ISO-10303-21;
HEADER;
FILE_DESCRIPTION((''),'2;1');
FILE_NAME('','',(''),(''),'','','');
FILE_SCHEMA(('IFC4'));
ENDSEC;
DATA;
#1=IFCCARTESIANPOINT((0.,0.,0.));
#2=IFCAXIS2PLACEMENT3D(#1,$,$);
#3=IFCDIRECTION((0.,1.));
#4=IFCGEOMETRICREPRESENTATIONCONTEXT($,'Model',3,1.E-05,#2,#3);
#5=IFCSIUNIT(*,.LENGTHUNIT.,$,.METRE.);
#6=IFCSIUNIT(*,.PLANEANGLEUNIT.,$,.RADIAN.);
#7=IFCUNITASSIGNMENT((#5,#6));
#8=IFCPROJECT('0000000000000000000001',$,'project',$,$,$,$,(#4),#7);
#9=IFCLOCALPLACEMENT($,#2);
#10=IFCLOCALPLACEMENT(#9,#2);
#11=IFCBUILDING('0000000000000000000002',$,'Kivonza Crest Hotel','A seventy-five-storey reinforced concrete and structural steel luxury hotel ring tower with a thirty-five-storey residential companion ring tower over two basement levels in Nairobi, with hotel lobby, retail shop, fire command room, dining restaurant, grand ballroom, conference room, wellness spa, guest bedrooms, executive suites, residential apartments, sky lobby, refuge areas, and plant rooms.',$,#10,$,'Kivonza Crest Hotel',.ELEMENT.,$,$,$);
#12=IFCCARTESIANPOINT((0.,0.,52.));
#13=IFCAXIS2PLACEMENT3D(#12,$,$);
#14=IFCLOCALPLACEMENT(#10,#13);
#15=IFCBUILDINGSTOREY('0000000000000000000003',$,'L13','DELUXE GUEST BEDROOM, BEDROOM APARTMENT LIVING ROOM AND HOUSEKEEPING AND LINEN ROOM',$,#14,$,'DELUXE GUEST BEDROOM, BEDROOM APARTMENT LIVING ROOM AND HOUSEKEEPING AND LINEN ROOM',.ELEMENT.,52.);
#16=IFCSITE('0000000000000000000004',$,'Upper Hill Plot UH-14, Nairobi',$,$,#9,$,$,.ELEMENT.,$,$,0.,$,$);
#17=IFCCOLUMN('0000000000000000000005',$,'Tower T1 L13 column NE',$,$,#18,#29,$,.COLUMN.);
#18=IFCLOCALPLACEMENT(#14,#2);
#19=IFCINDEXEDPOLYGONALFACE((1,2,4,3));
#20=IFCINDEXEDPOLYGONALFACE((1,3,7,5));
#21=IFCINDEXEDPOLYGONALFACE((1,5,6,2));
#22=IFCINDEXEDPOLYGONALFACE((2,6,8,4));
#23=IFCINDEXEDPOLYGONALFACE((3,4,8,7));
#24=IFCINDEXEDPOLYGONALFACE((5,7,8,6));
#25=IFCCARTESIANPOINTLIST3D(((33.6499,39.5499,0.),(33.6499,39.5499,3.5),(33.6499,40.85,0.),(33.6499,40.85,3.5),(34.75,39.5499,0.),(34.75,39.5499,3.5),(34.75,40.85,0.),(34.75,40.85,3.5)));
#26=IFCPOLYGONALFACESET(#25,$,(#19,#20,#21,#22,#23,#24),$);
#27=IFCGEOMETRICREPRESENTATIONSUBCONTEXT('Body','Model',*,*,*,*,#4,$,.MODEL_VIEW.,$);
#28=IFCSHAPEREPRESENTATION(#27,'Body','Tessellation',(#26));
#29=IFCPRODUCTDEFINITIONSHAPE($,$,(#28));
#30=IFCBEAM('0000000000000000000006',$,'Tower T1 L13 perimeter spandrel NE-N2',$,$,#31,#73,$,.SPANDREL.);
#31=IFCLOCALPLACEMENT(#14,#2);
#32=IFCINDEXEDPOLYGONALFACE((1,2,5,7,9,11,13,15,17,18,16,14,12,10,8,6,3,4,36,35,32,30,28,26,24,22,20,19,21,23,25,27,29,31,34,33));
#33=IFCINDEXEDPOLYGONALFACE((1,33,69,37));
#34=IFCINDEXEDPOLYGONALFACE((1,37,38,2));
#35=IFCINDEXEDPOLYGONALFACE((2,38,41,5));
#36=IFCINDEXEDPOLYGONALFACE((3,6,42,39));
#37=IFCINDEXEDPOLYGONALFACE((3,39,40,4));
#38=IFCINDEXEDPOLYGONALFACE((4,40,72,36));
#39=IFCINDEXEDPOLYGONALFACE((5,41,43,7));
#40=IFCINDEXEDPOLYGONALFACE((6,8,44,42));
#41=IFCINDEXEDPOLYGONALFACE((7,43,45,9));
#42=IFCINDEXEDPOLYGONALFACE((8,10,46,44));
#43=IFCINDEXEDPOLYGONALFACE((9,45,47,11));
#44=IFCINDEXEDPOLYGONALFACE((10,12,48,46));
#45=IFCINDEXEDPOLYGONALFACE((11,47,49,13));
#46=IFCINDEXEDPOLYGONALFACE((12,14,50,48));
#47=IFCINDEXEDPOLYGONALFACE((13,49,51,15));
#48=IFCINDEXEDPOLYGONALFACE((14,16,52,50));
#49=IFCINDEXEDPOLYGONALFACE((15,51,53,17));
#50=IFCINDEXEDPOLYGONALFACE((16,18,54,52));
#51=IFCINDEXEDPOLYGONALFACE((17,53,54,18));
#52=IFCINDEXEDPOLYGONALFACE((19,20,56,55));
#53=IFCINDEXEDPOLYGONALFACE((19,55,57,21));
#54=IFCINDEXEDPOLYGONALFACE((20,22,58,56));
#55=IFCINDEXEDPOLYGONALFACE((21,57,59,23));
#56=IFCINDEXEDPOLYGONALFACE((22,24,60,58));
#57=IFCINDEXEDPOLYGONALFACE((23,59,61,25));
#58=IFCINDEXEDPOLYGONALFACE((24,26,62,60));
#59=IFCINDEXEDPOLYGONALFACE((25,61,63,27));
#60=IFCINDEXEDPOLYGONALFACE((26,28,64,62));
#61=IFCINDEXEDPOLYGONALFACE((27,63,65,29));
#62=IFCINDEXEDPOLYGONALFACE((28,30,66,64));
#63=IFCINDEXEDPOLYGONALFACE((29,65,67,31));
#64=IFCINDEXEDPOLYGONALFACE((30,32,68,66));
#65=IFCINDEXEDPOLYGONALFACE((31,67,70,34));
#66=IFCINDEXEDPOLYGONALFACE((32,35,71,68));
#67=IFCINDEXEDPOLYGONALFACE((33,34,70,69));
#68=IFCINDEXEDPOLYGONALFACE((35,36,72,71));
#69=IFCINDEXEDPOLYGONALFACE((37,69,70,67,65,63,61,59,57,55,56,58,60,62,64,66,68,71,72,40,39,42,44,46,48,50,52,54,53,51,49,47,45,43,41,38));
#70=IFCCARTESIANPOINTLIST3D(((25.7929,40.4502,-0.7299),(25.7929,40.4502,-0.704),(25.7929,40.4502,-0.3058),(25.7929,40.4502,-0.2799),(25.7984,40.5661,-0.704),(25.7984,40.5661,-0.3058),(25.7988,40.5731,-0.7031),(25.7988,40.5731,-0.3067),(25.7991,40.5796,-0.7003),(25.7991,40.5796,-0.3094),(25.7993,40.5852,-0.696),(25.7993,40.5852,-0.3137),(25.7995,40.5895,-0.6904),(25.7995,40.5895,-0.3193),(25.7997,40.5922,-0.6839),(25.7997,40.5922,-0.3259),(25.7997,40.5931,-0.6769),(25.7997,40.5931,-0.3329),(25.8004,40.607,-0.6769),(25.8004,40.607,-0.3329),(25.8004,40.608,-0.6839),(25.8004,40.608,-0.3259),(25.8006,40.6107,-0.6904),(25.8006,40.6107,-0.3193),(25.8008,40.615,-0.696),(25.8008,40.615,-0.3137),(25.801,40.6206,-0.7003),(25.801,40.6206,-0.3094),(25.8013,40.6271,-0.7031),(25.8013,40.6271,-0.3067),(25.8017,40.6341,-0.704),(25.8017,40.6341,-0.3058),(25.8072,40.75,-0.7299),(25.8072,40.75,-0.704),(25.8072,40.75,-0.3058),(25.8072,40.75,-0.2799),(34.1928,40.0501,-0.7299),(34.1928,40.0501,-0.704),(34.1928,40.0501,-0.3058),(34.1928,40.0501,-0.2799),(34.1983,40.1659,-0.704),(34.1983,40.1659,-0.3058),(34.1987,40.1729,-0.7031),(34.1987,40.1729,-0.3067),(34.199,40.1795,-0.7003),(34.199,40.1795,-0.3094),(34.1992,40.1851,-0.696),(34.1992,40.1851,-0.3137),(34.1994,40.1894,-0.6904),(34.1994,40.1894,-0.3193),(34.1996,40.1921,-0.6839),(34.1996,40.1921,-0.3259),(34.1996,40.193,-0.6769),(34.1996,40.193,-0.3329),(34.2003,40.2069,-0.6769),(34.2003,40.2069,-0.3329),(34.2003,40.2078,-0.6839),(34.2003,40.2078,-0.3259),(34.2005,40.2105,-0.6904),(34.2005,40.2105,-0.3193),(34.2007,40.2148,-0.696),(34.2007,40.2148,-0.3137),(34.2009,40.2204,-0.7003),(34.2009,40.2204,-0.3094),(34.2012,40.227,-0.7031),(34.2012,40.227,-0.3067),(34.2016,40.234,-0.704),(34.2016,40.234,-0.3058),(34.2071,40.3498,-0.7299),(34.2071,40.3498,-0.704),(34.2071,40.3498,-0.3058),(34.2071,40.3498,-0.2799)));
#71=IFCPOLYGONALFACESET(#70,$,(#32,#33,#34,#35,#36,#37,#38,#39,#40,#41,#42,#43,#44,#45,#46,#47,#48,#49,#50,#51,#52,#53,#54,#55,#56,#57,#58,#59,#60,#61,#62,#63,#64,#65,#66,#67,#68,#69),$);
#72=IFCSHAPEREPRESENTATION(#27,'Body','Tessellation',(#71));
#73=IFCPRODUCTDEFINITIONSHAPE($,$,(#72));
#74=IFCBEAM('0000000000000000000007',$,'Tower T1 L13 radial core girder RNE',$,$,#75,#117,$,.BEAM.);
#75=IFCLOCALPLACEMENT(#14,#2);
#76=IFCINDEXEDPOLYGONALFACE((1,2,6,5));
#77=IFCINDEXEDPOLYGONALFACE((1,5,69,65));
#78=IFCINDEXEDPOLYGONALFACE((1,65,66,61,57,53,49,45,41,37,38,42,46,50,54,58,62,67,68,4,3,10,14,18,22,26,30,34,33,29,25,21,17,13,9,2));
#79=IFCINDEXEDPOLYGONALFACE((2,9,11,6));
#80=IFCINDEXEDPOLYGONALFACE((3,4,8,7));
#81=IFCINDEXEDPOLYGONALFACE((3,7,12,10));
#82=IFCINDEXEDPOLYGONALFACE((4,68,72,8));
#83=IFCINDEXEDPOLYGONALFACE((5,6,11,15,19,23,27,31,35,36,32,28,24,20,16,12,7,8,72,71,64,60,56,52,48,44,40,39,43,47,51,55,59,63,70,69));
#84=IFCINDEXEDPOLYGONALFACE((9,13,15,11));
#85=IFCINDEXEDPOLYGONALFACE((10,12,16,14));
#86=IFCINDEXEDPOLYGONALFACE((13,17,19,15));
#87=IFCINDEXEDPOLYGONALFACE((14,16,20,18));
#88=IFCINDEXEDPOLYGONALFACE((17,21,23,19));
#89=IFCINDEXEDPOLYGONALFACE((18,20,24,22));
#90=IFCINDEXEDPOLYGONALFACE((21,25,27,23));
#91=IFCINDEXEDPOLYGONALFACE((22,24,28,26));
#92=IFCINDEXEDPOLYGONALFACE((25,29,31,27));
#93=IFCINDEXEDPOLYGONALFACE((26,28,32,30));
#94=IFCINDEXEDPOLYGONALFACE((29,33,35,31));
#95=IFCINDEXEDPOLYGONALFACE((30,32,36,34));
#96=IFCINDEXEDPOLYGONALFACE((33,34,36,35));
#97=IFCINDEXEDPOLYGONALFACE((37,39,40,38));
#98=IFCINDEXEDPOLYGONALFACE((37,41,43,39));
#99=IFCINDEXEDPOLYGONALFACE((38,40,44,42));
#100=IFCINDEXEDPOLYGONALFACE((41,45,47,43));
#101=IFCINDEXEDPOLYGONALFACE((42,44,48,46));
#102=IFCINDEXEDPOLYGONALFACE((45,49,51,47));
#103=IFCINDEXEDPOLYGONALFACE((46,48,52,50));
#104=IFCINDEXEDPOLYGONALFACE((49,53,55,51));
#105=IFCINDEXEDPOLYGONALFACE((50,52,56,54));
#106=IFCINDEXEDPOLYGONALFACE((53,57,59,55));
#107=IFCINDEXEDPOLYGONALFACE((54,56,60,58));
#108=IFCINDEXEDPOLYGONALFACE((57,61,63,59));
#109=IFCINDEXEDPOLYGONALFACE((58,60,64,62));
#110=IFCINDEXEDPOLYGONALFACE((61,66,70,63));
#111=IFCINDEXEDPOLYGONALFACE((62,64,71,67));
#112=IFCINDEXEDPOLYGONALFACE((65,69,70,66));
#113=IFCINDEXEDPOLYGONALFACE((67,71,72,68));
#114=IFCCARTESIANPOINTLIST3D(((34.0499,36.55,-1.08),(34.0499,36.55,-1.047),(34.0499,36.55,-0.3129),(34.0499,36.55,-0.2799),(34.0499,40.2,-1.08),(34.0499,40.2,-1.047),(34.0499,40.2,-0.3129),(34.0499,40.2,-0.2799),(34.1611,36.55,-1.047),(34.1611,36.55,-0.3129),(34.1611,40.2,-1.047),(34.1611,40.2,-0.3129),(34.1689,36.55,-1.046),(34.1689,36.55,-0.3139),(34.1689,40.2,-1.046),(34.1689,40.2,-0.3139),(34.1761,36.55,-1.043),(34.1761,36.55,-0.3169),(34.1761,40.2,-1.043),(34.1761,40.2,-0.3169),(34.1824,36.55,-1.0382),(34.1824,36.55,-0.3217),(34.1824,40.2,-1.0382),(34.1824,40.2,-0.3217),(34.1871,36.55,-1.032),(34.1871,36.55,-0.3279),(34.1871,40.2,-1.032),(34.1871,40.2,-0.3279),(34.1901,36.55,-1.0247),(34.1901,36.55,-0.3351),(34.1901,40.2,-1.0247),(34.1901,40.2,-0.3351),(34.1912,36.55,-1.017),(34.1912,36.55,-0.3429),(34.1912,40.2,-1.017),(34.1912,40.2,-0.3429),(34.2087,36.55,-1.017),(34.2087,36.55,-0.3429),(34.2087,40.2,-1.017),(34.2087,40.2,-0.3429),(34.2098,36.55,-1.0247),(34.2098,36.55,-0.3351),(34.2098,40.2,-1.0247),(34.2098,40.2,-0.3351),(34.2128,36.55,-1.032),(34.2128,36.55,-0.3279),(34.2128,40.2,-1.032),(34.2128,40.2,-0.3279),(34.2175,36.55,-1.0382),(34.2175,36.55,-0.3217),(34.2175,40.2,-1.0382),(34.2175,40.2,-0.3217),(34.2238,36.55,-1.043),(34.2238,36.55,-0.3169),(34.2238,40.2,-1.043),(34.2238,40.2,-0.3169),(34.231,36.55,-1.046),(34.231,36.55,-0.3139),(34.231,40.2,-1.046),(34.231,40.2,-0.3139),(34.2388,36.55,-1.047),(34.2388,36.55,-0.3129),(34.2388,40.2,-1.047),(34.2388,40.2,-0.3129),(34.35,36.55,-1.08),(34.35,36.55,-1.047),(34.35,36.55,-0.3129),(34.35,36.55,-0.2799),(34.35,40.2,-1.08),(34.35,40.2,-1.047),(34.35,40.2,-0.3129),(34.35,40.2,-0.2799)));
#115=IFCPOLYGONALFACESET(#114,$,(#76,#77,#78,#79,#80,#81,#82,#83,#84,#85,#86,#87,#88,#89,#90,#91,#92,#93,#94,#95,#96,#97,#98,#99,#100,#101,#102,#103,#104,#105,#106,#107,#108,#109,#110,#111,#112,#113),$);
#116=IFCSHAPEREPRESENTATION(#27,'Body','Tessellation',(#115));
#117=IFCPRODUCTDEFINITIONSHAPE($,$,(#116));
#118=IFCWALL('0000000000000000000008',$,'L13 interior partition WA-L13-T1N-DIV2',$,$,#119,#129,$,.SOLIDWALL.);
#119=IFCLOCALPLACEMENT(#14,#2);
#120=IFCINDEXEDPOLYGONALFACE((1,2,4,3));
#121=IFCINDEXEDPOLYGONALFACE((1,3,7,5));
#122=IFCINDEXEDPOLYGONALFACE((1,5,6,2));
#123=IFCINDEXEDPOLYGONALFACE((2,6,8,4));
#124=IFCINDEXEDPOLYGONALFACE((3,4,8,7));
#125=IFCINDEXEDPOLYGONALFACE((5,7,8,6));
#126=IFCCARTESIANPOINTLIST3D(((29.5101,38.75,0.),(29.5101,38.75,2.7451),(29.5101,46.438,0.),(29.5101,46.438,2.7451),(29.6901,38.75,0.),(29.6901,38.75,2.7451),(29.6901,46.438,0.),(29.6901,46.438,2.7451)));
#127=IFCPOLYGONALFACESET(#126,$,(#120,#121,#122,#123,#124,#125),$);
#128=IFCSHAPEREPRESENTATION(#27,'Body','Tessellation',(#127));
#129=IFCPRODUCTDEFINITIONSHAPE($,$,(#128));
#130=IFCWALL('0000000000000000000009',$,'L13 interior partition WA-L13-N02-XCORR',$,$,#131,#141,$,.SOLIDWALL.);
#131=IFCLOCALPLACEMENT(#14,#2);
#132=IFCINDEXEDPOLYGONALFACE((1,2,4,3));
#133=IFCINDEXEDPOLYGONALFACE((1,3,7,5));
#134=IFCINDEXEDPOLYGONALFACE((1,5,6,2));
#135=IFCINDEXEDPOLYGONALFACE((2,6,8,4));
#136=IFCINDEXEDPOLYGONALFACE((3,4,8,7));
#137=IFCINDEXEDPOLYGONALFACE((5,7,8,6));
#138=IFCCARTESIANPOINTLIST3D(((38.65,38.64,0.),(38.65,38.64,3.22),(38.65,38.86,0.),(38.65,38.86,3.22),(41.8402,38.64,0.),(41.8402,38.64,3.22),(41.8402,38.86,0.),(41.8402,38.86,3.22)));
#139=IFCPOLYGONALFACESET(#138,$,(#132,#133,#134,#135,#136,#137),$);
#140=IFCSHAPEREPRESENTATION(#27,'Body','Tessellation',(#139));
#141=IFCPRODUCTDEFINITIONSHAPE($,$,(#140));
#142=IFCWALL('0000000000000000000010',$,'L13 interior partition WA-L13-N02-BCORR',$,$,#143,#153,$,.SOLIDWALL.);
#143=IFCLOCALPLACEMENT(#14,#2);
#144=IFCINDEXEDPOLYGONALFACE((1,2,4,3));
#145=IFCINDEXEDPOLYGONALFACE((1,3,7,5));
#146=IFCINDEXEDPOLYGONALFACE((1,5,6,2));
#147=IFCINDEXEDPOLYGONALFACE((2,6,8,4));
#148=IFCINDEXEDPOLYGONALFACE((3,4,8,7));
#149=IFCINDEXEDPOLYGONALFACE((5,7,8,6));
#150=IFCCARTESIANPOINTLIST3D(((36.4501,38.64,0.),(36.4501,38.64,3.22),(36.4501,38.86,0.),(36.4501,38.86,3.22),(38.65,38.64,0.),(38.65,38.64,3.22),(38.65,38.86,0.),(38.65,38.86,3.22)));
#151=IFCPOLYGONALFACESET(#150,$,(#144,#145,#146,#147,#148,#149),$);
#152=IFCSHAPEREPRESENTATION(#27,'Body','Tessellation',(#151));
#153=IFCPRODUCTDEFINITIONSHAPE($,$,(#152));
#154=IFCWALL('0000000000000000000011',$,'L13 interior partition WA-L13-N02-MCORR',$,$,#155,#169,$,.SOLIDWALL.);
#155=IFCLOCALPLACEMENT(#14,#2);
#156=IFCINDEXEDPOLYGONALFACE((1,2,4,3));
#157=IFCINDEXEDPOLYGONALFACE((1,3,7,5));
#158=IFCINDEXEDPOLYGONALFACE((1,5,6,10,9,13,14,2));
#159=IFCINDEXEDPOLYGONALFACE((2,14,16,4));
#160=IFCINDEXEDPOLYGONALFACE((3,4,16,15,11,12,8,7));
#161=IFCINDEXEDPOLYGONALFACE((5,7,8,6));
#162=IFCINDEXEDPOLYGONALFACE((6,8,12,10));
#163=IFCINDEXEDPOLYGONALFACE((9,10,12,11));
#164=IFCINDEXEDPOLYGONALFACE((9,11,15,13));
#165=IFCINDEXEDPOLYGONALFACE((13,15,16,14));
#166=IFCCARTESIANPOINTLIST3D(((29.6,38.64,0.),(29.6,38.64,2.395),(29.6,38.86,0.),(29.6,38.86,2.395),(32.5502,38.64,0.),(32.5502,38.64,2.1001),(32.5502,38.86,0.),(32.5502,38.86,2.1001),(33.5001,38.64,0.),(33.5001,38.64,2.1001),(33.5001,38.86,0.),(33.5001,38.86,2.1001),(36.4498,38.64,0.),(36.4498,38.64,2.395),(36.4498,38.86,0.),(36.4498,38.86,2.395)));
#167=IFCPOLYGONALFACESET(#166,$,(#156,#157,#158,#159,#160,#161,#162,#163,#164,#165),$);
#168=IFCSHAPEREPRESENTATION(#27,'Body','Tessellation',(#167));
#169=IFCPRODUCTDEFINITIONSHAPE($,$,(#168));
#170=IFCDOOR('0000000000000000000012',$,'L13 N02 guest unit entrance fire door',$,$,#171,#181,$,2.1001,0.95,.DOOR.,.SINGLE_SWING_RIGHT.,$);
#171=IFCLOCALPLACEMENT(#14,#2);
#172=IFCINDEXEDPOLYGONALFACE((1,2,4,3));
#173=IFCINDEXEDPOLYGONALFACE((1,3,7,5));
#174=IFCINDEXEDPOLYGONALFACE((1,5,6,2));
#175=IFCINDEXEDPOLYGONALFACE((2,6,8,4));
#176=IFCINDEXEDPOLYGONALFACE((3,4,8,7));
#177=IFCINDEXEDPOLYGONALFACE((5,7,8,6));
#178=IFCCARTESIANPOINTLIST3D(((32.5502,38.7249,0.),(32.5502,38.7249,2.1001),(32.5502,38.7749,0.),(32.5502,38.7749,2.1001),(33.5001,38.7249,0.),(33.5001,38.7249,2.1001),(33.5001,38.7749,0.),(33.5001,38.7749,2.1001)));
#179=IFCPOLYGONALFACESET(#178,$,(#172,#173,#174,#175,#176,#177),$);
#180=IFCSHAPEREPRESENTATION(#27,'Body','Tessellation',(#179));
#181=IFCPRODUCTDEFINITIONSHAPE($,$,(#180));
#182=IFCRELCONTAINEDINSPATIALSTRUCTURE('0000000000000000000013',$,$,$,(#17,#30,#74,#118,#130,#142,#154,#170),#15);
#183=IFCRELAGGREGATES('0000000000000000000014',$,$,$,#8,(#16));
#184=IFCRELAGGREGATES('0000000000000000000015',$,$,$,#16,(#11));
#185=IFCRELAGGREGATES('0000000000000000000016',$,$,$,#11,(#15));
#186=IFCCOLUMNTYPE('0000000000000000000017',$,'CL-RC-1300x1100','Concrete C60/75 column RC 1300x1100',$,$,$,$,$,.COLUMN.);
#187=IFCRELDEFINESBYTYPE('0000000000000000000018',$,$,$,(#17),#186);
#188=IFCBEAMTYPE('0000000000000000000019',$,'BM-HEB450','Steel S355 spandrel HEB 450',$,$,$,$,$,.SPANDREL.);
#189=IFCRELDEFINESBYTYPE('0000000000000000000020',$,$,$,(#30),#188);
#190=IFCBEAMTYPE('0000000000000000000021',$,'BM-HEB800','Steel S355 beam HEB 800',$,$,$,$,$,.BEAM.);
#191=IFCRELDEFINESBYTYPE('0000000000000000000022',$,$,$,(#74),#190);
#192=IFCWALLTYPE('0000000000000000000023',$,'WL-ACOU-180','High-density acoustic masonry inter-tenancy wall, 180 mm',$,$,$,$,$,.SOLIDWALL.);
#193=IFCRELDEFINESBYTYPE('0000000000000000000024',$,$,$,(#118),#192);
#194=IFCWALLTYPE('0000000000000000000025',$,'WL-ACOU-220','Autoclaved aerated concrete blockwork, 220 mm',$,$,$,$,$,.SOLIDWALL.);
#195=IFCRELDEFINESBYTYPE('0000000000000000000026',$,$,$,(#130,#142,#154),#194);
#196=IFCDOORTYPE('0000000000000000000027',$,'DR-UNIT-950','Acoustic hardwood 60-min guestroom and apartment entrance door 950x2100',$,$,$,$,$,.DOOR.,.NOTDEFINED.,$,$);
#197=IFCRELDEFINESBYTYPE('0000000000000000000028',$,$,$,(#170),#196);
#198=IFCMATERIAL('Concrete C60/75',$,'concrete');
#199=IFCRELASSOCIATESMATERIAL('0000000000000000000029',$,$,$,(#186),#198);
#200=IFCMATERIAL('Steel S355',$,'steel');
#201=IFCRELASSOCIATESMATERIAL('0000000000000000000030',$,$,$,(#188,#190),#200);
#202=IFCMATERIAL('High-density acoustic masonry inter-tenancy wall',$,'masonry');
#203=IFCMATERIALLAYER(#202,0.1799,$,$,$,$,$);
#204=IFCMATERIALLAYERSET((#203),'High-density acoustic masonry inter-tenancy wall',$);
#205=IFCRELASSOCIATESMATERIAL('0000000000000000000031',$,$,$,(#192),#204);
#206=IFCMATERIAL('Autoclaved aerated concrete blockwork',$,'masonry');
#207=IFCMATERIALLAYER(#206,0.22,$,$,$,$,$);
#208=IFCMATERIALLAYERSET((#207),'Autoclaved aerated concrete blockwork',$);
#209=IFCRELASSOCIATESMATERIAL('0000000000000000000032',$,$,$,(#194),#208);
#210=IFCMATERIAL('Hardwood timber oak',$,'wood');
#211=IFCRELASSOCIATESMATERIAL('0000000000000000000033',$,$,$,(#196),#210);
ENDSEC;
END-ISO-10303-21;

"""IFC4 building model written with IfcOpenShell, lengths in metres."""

from ifc_helpers import new_model, si_unit, direction, frame, frame_2d, origin, origin_2d, place, context, subcontext, project, spatial, rectangle, i_section, extrude, material, layer, layer_set, material_profile, profile_set, type_object, element, fill, save


model = new_model("IFC4")

# Units and contexts
model_context = context("Model", 3, precision=1e-05, world=origin(), true_north=direction((0.0, 1.0)))
body_context = subcontext(model_context, "Body", "Model", "MODEL_VIEW")
ifc_project = project(units=[si_unit("LENGTHUNIT", "METRE"), si_unit("PLANEANGLEUNIT", "RADIAN")], contexts=[model_context])

# Site, building, storey
site_placement = place(None, origin())
site = spatial("IfcSite", under=ifc_project, at=site_placement, Name="Upper Hill Plot UH-14, Nairobi", CompositionType="ELEMENT", RefElevation=0.0)
building_placement = place(site_placement, origin())
building = spatial("IfcBuilding", under=site, at=building_placement, Name="Kivonza Crest Hotel", Description="A seventy-five-storey reinforced concrete and structural steel luxury hotel ring tower with a thirty-five-storey residential companion ring tower over two basement levels in Nairobi, with hotel lobby, retail shop, fire command room, dining restaurant, grand ballroom, conference room, wellness spa, guest bedrooms, executive suites, residential apartments, sky lobby, refuge areas, and plant rooms.", LongName="Kivonza Crest Hotel", CompositionType="ELEMENT")
storey_placement = place(building_placement, frame((0.0, 0.0, 52.0)))
storey = spatial("IfcBuildingStorey", under=building, at=storey_placement, Name="L13", Description="DELUXE GUEST BEDROOM, BEDROOM APARTMENT LIVING ROOM AND HOUSEKEEPING AND LINEN ROOM", LongName="DELUXE GUEST BEDROOM, BEDROOM APARTMENT LIVING ROOM AND HOUSEKEEPING AND LINEN ROOM", CompositionType="ELEMENT", Elevation=52.0)

# Column
ifc_material_1 = material(Name="Concrete C60/75", Category="concrete")
ifc_material_profile_1 = material_profile(ifc_material_1, rectangle(XDim=1.1001, YDim=1.3, at=origin_2d()), Name="RC 1300x1100")
ifc_profile_set_1 = profile_set([ifc_material_profile_1], Name="Concrete C60/75")
column_type = type_object("IfcColumnType", Name="CL-RC-1300x1100", Description="Concrete C60/75 column RC 1300x1100", PredefinedType="COLUMN", material=ifc_profile_set_1)
column_placement = place(storey_placement, frame((34.2, 40.2, 0.0), z_axis=(0.0, 0.0, 1.0), x_axis=(1.0, 0.0, 0.0)))
element("IfcColumn", 1, at=column_placement, inside=storey, type_object=column_type, Name="Tower T1 L13 column NE", PredefinedType="COLUMN", context=body_context, shape_type="SweptSolid", body=[
    extrude(rectangle(XDim=1.1001, YDim=1.3, at=origin_2d()), origin(), (0.0, 0.0, 1.0), 3.5),
])

# Beams
ifc_material_2 = material(Name="Steel S355", Category="steel")
ifc_material_profile_2 = material_profile(ifc_material_2, i_section(OverallWidth=0.3, OverallDepth=0.45, WebThickness=0.0139, FlangeThickness=0.0259, FilletRadius=0.0271, at=origin_2d()), Name="HEB 450")
ifc_profile_set_2 = profile_set([ifc_material_profile_2], Name="Steel S355")
beam_type_1 = type_object("IfcBeamType", Name="BM-HEB450", Description="Steel S355 spandrel HEB 450", PredefinedType="SPANDREL", material=ifc_profile_set_2)
beam_1_placement = place(storey_placement, frame((34.2, 40.2, -0.5049), z_axis=(-0.998867, 0.047583, 0.0), x_axis=(-0.047583, -0.998867, 0.0)))
element("IfcBeam", 2, at=beam_1_placement, inside=storey, type_object=beam_type_1, Name="Tower T1 L13 perimeter spandrel NE-N2", PredefinedType="SPANDREL", context=body_context, shape_type="SweptSolid", body=[
    extrude(i_section(OverallWidth=0.3, OverallDepth=0.45, WebThickness=0.0139, FlangeThickness=0.0259, FilletRadius=0.0271, at=origin_2d()), origin(), (0.0, 0.0, 1.0), 8.4094),
])
ifc_material_profile_3 = material_profile(ifc_material_2, i_section(OverallWidth=0.3, OverallDepth=0.8, WebThickness=0.0176, FlangeThickness=0.033, FilletRadius=0.03, at=origin_2d()), Name="HEB 800")
ifc_profile_set_3 = profile_set([ifc_material_profile_3], Name="Steel S355")
beam_type_2 = type_object("IfcBeamType", Name="BM-HEB800", Description="Steel S355 beam HEB 800", PredefinedType="BEAM", material=ifc_profile_set_3)
beam_2_placement = place(storey_placement, frame((34.2, 40.2, -0.6799), z_axis=(0.0, -1.0, 0.0), x_axis=(1.0, 0.0, 0.0)))
element("IfcBeam", 3, at=beam_2_placement, inside=storey, type_object=beam_type_2, Name="Tower T1 L13 radial core girder RNE", PredefinedType="BEAM", context=body_context, shape_type="SweptSolid", body=[
    extrude(i_section(OverallWidth=0.3, OverallDepth=0.8, WebThickness=0.0176, FlangeThickness=0.033, FilletRadius=0.03, at=origin_2d()), origin(), (0.0, 0.0, 1.0), 3.6499),
])

# Walls
ifc_material_3 = material(Name="High-density acoustic masonry inter-tenancy wall", Category="masonry")
ifc_layer_1 = layer(ifc_material_3, 0.1799)
ifc_layer_set_1 = layer_set([ifc_layer_1], Name="High-density acoustic masonry inter-tenancy wall")
wall_type_1 = type_object("IfcWallType", Name="WL-ACOU-180", Description="High-density acoustic masonry inter-tenancy wall, 180 mm", PredefinedType="SOLIDWALL", material=ifc_layer_set_1)
wall_1_placement = place(storey_placement, frame((29.6001, 38.75, 0.0), z_axis=(0.0, 0.0, 1.0), x_axis=(0.0, 1.0, 0.0)))
element("IfcWall", 4, at=wall_1_placement, inside=storey, type_object=wall_type_1, Name="L13 interior partition WA-L13-T1N-DIV2", PredefinedType="SOLIDWALL", context=body_context, shape_type="SweptSolid", body=[
    extrude(rectangle(XDim=7.688, YDim=0.1799, at=frame_2d((3.844, 0.0))), origin(), (0.0, 0.0, 1.0), 2.7451),
])
ifc_material_4 = material(Name="Autoclaved aerated concrete blockwork", Category="masonry")
ifc_layer_2 = layer(ifc_material_4, 0.22)
ifc_layer_set_2 = layer_set([ifc_layer_2], Name="Autoclaved aerated concrete blockwork")
wall_type_2 = type_object("IfcWallType", Name="WL-ACOU-220", Description="Autoclaved aerated concrete blockwork, 220 mm", PredefinedType="SOLIDWALL", material=ifc_layer_set_2)
wall_2_placement = place(storey_placement, frame((38.6499, 38.75, 0.0), z_axis=(0.0, 0.0, 1.0), x_axis=(1.0, 0.0, 0.0)))
element("IfcWall", 5, at=wall_2_placement, inside=storey, type_object=wall_type_2, Name="L13 interior partition WA-L13-N02-XCORR", PredefinedType="SOLIDWALL", context=body_context, shape_type="SweptSolid", body=[
    extrude(rectangle(XDim=3.1902, YDim=0.22, at=frame_2d((1.5952, 0.0))), origin(), (0.0, 0.0, 1.0), 3.22),
])
wall_3_placement = place(storey_placement, frame((36.45, 38.75, 0.0), z_axis=(0.0, 0.0, 1.0), x_axis=(1.0, 0.0, 0.0)))
element("IfcWall", 6, at=wall_3_placement, inside=storey, type_object=wall_type_2, Name="L13 interior partition WA-L13-N02-BCORR", PredefinedType="SOLIDWALL", context=body_context, shape_type="SweptSolid", body=[
    extrude(rectangle(XDim=2.2, YDim=0.22, at=frame_2d((1.1001, 0.0))), origin(), (0.0, 0.0, 1.0), 3.22),
])

# Wall, opening, door
wall_4_placement = place(storey_placement, frame((29.6001, 38.75, 0.0), z_axis=(0.0, 0.0, 1.0), x_axis=(1.0, 0.0, 0.0)))
wall_4 = element("IfcWall", 7, at=wall_4_placement, inside=storey, type_object=wall_type_2, Name="L13 interior partition WA-L13-N02-MCORR", PredefinedType="SOLIDWALL", context=body_context, shape_type="SweptSolid", body=[
    extrude(rectangle(XDim=6.8499, YDim=0.22, at=frame_2d((3.4248, 0.0))), origin(), (0.0, 0.0, 1.0), 2.395),
])
opening_1_placement = place(wall_4_placement, frame((2.95, 0.0, 0.0)))
opening_1 = element("IfcOpeningElement", 8, at=opening_1_placement, cuts=wall_4, PredefinedType="OPENING", context=body_context, shape_type="SweptSolid", body=[
    extrude(rectangle(XDim=0.95, YDim=2.1001, at=frame_2d((0.4751, 1.05))), frame((0.0, 0.1201, 0.0), z_axis=(0.0, -1.0, 0.0), x_axis=(1.0, 0.0, 0.0)), (0.0, 0.0, 1.0), 0.24),
])
ifc_material_5 = material(Name="Hardwood timber oak", Category="wood")
door_type_1 = type_object("IfcDoorType", Name="DR-UNIT-950", Description="Acoustic hardwood 60-min guestroom and apartment entrance door 950x2100", OperationType="NOTDEFINED", PredefinedType="DOOR", material=ifc_material_5)
door_1_placement = place(opening_1_placement, origin())
door_1 = element("IfcDoor", 9, at=door_1_placement, inside=storey, type_object=door_type_1, Name="L13 N02 guest unit entrance fire door", OperationType="SINGLE_SWING_RIGHT", OverallHeight=2.1001, OverallWidth=0.95, PredefinedType="DOOR", context=body_context, shape_type="SweptSolid", body=[
    extrude(rectangle(XDim=0.95, YDim=2.1001, at=frame_2d((0.4751, 1.05))), frame((0.0, 0.0249, 0.0), z_axis=(0.0, -1.0, 0.0), x_axis=(1.0, 0.0, 0.0)), (0.0, 0.0, 1.0), 0.05),
])
fill(opening_1, door_1)

save(model, "model.ifc")
